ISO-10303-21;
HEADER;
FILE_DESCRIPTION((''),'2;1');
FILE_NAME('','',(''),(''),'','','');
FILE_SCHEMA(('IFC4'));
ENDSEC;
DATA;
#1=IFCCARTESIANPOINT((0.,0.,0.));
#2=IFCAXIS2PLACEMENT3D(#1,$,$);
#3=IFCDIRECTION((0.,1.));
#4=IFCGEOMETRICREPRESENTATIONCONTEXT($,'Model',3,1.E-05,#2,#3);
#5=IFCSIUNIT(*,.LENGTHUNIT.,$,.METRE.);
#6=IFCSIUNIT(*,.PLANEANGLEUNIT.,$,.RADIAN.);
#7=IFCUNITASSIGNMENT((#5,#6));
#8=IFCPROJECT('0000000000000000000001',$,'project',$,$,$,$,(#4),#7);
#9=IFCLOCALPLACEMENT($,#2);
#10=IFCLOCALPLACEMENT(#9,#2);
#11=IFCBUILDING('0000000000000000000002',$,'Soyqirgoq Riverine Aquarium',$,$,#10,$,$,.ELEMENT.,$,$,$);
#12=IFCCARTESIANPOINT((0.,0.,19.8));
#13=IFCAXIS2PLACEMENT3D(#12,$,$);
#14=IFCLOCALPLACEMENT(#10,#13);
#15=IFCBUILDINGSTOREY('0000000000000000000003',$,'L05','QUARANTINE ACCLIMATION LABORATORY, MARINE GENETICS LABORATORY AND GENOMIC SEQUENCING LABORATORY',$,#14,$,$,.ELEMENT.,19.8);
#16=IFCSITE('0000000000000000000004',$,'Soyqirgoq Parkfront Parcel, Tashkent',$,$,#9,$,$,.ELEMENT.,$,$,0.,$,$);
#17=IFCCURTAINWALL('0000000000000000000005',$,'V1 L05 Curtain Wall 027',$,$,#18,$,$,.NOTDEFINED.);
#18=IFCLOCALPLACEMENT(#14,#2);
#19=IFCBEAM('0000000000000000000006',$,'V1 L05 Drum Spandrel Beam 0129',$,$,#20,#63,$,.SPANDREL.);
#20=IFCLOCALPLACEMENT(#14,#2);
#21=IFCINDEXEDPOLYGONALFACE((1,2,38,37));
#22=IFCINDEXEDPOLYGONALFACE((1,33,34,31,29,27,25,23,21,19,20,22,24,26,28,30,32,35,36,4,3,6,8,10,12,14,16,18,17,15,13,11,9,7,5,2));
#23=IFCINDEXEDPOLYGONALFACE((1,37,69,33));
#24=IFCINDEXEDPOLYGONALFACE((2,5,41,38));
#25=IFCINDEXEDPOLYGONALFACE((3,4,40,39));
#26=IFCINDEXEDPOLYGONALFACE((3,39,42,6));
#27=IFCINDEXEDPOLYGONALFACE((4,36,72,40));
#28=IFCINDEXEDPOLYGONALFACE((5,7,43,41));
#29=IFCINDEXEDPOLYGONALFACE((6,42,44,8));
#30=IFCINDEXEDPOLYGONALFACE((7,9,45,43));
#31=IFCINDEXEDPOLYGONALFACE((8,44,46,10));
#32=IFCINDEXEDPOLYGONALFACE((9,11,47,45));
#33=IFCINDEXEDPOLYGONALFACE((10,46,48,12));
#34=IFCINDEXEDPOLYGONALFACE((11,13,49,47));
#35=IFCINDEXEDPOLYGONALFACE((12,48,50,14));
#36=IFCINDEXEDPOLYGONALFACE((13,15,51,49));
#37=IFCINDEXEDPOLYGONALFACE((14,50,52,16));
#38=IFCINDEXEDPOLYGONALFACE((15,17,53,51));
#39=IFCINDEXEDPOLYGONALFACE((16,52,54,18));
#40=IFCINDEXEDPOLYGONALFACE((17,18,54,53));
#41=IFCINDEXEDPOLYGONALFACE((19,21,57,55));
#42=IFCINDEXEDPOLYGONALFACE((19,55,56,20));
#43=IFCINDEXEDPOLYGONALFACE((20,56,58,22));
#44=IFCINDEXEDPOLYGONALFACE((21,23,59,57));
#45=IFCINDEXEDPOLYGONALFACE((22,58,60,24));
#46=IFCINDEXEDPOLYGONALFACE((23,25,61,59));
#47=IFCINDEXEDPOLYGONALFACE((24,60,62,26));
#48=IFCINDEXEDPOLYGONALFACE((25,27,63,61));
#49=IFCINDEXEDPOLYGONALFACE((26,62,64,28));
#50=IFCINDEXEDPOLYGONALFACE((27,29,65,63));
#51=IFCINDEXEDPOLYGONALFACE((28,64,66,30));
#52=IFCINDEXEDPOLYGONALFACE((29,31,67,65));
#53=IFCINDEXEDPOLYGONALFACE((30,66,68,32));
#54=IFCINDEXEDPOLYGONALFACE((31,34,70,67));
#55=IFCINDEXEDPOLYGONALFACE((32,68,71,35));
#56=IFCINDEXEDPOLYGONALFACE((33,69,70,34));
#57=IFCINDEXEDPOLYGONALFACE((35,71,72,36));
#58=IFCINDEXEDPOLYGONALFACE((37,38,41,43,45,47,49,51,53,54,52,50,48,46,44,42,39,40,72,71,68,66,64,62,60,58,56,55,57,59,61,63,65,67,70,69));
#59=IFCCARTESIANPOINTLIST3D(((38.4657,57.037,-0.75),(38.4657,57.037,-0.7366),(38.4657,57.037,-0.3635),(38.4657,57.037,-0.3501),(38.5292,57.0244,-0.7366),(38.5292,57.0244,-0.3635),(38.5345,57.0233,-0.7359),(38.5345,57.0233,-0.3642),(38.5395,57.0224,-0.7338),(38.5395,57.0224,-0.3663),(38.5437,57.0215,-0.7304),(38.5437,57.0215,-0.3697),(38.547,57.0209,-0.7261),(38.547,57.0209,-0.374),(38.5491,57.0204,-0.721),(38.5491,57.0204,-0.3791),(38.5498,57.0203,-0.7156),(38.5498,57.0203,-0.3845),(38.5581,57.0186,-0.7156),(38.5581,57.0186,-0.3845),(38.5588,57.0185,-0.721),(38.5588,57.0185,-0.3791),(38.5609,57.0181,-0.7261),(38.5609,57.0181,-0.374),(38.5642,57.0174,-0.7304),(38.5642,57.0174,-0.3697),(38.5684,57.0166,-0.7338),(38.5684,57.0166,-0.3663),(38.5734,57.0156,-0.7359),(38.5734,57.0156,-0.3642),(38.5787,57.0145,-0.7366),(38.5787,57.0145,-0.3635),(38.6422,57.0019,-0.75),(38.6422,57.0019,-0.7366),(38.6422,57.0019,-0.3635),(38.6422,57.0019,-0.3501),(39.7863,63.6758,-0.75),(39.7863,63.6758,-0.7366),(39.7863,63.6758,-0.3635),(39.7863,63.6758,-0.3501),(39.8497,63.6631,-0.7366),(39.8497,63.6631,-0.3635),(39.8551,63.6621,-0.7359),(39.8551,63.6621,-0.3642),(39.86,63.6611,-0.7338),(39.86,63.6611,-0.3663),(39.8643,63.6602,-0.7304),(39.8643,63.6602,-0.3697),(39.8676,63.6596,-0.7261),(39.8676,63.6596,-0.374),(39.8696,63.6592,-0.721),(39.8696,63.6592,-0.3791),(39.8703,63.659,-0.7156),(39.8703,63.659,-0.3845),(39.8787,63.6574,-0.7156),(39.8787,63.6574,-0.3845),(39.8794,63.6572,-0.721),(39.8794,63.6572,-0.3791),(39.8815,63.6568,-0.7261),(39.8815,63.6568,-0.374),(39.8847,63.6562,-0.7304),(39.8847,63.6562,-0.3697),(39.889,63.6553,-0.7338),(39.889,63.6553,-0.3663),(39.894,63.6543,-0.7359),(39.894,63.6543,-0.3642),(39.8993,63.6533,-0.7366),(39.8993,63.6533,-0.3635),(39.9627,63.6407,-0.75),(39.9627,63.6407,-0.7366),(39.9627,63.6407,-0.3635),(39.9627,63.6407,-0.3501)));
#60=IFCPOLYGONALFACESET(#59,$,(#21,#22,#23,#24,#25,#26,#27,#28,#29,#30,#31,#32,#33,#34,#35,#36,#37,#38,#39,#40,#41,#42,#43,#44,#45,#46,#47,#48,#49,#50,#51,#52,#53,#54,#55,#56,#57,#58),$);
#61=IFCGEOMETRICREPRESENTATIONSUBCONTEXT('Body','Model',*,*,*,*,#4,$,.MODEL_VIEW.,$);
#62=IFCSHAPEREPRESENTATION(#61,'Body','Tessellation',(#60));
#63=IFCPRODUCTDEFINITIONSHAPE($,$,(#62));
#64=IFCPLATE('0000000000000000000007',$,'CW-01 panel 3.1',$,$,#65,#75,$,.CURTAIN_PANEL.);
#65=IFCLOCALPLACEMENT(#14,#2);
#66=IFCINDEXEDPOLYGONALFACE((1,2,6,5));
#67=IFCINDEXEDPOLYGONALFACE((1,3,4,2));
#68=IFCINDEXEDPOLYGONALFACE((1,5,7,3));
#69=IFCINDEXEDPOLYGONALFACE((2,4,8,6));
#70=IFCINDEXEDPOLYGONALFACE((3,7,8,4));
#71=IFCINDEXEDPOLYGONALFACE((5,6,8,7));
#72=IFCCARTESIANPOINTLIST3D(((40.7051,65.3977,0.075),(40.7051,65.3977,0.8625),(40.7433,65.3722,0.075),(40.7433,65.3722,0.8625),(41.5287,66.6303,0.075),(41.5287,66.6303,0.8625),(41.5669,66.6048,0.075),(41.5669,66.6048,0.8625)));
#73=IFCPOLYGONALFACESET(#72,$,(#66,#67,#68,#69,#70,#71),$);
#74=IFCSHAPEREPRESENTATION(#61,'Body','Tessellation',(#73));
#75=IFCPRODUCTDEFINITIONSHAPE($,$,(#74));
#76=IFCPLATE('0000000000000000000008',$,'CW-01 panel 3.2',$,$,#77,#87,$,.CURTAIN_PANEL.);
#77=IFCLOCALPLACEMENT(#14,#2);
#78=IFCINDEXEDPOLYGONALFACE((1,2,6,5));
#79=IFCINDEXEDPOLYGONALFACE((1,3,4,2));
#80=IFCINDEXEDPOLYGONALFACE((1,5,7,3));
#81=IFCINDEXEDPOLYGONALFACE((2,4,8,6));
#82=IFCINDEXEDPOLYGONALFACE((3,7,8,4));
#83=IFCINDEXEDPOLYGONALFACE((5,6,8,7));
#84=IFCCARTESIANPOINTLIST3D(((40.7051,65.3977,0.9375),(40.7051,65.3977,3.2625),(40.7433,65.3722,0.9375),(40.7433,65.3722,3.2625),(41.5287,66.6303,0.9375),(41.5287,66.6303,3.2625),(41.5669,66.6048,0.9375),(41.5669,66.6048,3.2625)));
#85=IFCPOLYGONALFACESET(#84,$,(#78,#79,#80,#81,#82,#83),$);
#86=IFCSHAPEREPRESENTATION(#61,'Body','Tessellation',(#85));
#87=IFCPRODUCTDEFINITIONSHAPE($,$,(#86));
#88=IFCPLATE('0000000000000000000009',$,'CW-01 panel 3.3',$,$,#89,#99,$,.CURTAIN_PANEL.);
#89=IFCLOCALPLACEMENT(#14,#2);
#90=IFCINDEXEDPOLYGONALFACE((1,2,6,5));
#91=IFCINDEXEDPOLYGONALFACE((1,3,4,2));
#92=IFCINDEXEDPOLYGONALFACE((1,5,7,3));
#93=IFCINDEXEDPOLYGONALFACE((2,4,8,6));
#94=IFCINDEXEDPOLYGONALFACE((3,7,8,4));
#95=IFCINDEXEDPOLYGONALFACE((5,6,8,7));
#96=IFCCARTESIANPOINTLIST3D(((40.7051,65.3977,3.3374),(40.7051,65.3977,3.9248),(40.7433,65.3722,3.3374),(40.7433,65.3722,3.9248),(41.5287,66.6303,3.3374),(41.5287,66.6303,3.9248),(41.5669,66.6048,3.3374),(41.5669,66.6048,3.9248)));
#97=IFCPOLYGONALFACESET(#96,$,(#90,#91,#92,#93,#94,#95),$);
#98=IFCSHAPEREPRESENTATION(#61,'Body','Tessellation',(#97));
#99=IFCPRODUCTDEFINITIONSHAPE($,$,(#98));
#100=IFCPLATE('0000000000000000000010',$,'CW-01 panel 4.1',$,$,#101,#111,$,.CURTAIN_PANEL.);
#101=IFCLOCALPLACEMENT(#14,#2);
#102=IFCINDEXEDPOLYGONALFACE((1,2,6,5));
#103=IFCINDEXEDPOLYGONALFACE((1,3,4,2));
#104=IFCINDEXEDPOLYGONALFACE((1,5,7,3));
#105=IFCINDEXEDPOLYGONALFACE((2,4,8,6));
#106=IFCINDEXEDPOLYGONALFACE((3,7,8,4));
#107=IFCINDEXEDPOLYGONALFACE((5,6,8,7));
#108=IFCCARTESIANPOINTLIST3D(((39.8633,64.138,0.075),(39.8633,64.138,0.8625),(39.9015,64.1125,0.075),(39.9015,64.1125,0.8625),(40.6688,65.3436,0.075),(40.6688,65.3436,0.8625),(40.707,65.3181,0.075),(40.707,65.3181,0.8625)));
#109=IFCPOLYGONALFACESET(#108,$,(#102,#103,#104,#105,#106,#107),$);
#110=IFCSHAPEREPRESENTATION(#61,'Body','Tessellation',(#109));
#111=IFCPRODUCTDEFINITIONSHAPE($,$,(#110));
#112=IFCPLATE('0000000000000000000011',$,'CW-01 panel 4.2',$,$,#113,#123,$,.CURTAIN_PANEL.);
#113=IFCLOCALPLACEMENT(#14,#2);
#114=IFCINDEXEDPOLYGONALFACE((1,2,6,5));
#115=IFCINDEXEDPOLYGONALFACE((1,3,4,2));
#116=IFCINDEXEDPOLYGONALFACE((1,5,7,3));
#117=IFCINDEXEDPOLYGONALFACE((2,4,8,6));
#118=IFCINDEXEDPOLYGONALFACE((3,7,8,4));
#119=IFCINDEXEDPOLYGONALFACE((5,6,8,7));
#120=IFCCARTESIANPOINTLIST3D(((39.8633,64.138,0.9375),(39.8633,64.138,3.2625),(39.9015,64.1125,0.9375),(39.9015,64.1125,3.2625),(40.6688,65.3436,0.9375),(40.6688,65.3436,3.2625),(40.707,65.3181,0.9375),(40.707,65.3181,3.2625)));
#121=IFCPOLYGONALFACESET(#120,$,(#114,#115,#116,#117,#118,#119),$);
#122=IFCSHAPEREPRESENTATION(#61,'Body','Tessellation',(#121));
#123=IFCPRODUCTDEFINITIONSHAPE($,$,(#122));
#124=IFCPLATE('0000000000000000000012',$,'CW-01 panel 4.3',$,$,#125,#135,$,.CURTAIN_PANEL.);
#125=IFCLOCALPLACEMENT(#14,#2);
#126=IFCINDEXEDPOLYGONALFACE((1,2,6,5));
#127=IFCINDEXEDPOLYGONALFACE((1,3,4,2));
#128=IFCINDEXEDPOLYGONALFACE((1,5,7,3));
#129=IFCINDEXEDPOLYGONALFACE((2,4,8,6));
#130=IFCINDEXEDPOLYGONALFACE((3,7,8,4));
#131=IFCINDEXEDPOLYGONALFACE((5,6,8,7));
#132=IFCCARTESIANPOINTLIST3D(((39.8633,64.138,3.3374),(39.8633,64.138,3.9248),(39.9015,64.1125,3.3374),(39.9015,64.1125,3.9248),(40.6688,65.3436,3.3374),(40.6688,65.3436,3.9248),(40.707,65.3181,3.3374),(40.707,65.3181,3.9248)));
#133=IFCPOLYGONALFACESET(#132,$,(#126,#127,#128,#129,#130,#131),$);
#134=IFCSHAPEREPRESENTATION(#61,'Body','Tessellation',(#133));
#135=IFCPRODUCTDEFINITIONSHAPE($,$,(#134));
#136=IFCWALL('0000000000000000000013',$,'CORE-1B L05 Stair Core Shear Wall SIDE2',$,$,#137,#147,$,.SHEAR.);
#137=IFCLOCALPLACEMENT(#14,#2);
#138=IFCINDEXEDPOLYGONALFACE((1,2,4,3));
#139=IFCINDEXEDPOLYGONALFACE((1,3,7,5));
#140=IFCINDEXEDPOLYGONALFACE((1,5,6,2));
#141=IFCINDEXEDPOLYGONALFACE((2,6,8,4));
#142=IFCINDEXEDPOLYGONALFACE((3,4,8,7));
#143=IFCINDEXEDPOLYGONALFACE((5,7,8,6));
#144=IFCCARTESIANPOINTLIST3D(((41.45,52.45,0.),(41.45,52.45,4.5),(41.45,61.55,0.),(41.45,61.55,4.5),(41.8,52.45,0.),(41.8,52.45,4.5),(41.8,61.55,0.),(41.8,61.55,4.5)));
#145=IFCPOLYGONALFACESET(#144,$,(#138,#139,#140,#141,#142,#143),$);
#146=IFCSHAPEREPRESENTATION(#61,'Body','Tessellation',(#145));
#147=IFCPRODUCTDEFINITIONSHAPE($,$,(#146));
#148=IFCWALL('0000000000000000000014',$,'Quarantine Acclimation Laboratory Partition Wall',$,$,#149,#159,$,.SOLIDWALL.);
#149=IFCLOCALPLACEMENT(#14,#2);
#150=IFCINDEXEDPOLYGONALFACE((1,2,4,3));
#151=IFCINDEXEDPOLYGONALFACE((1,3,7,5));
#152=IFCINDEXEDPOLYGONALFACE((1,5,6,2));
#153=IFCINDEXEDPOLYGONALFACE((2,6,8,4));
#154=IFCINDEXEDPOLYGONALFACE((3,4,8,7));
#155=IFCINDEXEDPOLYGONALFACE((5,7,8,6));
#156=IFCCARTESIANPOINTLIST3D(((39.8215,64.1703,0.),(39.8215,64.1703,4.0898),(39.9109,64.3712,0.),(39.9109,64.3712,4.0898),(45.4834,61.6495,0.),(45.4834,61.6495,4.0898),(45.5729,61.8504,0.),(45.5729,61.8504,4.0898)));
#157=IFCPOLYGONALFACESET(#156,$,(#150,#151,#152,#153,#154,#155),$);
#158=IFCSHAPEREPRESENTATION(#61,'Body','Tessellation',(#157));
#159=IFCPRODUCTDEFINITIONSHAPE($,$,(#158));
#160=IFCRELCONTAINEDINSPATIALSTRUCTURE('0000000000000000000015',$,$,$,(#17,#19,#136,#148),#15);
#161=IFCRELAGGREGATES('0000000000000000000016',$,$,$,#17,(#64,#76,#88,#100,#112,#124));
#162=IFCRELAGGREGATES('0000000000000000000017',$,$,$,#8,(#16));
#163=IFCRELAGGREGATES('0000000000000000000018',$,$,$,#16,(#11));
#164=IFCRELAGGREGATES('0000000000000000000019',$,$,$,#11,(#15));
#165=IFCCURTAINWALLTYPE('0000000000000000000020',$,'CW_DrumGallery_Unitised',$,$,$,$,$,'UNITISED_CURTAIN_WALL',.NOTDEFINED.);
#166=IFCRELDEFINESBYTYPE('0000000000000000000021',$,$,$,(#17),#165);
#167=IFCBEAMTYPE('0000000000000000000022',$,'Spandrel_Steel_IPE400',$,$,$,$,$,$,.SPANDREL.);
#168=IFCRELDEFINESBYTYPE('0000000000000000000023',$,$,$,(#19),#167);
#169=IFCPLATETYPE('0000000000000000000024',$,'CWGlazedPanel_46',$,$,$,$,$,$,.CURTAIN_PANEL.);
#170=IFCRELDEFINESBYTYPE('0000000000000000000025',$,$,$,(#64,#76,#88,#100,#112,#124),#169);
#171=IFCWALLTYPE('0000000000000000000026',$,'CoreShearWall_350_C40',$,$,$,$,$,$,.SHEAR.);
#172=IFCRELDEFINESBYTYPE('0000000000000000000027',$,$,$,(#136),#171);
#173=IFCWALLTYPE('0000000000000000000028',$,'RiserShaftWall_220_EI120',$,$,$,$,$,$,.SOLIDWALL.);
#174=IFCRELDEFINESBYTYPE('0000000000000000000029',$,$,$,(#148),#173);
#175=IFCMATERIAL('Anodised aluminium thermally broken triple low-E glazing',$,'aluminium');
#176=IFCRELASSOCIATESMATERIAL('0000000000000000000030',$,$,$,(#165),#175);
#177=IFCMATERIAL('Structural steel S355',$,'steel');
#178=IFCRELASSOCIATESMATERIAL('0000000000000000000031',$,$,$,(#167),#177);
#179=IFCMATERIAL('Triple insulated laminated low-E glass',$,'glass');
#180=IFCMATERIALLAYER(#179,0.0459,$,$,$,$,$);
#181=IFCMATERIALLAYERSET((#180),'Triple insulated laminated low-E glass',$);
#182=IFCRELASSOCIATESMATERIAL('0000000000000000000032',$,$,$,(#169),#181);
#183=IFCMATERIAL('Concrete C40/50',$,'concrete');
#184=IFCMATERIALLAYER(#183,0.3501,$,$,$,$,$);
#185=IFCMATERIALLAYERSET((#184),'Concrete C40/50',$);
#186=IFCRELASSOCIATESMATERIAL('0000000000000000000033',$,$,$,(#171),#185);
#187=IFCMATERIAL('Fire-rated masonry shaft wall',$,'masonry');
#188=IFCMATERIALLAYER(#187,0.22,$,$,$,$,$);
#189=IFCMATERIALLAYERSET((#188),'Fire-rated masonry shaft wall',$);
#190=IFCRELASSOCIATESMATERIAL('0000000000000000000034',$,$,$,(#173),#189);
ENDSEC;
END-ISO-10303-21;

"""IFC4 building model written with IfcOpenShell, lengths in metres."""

from ifc_helpers import new_model, si_unit, direction, frame, frame_2d, origin, origin_2d, place, context, subcontext, project, spatial, rectangle, i_section, extrude, material, layer, layer_set, material_profile, profile_set, type_object, element, aggregate, save


model = new_model("IFC4")

# Units and contexts
model_context = context("Model", 3, precision=1e-05, world=origin(), true_north=direction((0.0, 1.0)))
body_context = subcontext(model_context, "Body", "Model", "MODEL_VIEW")
ifc_project = project(units=[si_unit("LENGTHUNIT", "METRE"), si_unit("PLANEANGLEUNIT", "RADIAN")], contexts=[model_context])

# Site, building, storey
site_placement = place(None, origin())
site = spatial("IfcSite", under=ifc_project, at=site_placement, Name="Soyqirgoq Parkfront Parcel, Tashkent", CompositionType="ELEMENT", RefElevation=0.0)
building_placement = place(site_placement, origin())
building = spatial("IfcBuilding", under=site, at=building_placement, Name="Soyqirgoq Riverine Aquarium", CompositionType="ELEMENT")
storey_placement = place(building_placement, frame((0.0, 0.0, 19.8)))
storey = spatial("IfcBuildingStorey", under=building, at=storey_placement, Name="L05", Description="QUARANTINE ACCLIMATION LABORATORY, MARINE GENETICS LABORATORY AND GENOMIC SEQUENCING LABORATORY", CompositionType="ELEMENT", Elevation=19.8)

# Curtain wall
ifc_material_1 = material(Name="Anodised aluminium thermally broken triple low-E glazing", Category="aluminium")
curtain_wall_type = type_object("IfcCurtainWallType", Name="CW_DrumGallery_Unitised", ElementType="UNITISED_CURTAIN_WALL", PredefinedType="NOTDEFINED", material=ifc_material_1)
curtain_wall_placement = place(storey_placement, origin())
curtain_wall = element("IfcCurtainWall", 1, at=curtain_wall_placement, inside=storey, type_object=curtain_wall_type, Name="V1 L05 Curtain Wall 027", PredefinedType="NOTDEFINED")

# Beam
ifc_material_2 = material(Name="Structural steel S355", Category="steel")
ifc_material_profile_1 = material_profile(ifc_material_2, i_section(OverallWidth=0.1799, OverallDepth=0.3999, WebThickness=0.0085, FlangeThickness=0.0134, FilletRadius=0.021, at=origin_2d()), Name="IPE 400")
ifc_profile_set_1 = profile_set([ifc_material_profile_1], Name="Structural steel S355")
beam_type_1 = type_object("IfcBeamType", Name="Spandrel_Steel_IPE400", PredefinedType="SPANDREL", material=ifc_profile_set_1)
beam_1_placement = place(storey_placement, frame((39.8745, 63.6582, -0.55), z_axis=(-0.195096, -0.980784, 0.0), x_axis=(0.980784, -0.195096, 0.0)))
element("IfcBeam", 2, at=beam_1_placement, inside=storey, type_object=beam_type_1, Name="V1 L05 Drum Spandrel Beam 0129", PredefinedType="SPANDREL", context=body_context, shape_type="SweptSolid", body=[
    extrude(i_section(OverallWidth=0.1799, OverallDepth=0.3999, WebThickness=0.0085, FlangeThickness=0.0134, FilletRadius=0.021, at=origin_2d()), origin(), (0.0, 0.0, 1.0), 6.7688),
])

# Plates
ifc_material_3 = material(Name="Triple insulated laminated low-E glass", Category="glass")
ifc_layer_1 = layer(ifc_material_3, 0.0459)
ifc_layer_set_1 = layer_set([ifc_layer_1], Name="Triple insulated laminated low-E glass")
plate_type = type_object("IfcPlateType", Name="CWGlazedPanel_46", PredefinedType="CURTAIN_PANEL", material=ifc_layer_set_1)
plate_1_placement = place(storey_placement, frame((41.136, 66.0012, 0.075), z_axis=(0.0, 0.0, 1.0), x_axis=(-0.555561, -0.831476, 0.0)))
plate_1 = element("IfcPlate", 3, at=plate_1_placement, type_object=plate_type, Name="CW-01 panel 3.1", PredefinedType="CURTAIN_PANEL", context=body_context, shape_type="SweptSolid", body=[
    extrude(rectangle(XDim=1.4824, YDim=0.0459, at=origin_2d()), origin(), (0.0, 0.0, 1.0), 0.7876),
])
plate_2_placement = place(storey_placement, frame((41.136, 66.0012, 0.9375), z_axis=(0.0, 0.0, 1.0), x_axis=(-0.555561, -0.831476, 0.0)))
plate_2 = element("IfcPlate", 4, at=plate_2_placement, type_object=plate_type, Name="CW-01 panel 3.2", PredefinedType="CURTAIN_PANEL", context=body_context, shape_type="SweptSolid", body=[
    extrude(rectangle(XDim=1.4824, YDim=0.0459, at=origin_2d()), origin(), (0.0, 0.0, 1.0), 2.325),
])
plate_3_placement = place(storey_placement, frame((41.136, 66.0012, 3.3374), z_axis=(0.0, 0.0, 1.0), x_axis=(-0.555561, -0.831476, 0.0)))
plate_3 = element("IfcPlate", 5, at=plate_3_placement, type_object=plate_type, Name="CW-01 panel 3.3", PredefinedType="CURTAIN_PANEL", context=body_context, shape_type="SweptSolid", body=[
    extrude(rectangle(XDim=1.4824, YDim=0.0459, at=origin_2d()), origin(), (0.0, 0.0, 1.0), 0.5874),
])
plate_4_placement = place(storey_placement, frame((40.2852, 64.728, 0.075), z_axis=(0.0, 0.0, 1.0), x_axis=(-0.555561, -0.831476, 0.0)))
plate_4 = element("IfcPlate", 6, at=plate_4_placement, type_object=plate_type, Name="CW-01 panel 4.1", PredefinedType="CURTAIN_PANEL", context=body_context, shape_type="SweptSolid", body=[
    extrude(rectangle(XDim=1.45, YDim=0.0459, at=origin_2d()), origin(), (0.0, 0.0, 1.0), 0.7876),
])
plate_5_placement = place(storey_placement, frame((40.2852, 64.728, 0.9375), z_axis=(0.0, 0.0, 1.0), x_axis=(-0.555561, -0.831476, 0.0)))
plate_5 = element("IfcPlate", 7, at=plate_5_placement, type_object=plate_type, Name="CW-01 panel 4.2", PredefinedType="CURTAIN_PANEL", context=body_context, shape_type="SweptSolid", body=[
    extrude(rectangle(XDim=1.45, YDim=0.0459, at=origin_2d()), origin(), (0.0, 0.0, 1.0), 2.325),
])
plate_6_placement = place(storey_placement, frame((40.2852, 64.728, 3.3374), z_axis=(0.0, 0.0, 1.0), x_axis=(-0.555561, -0.831476, 0.0)))
plate_6 = element("IfcPlate", 8, at=plate_6_placement, type_object=plate_type, Name="CW-01 panel 4.3", PredefinedType="CURTAIN_PANEL", context=body_context, shape_type="SweptSolid", body=[
    extrude(rectangle(XDim=1.45, YDim=0.0459, at=origin_2d()), origin(), (0.0, 0.0, 1.0), 0.5874),
])
aggregate(curtain_wall, [plate_1, plate_2, plate_3, plate_4, plate_5, plate_6])

# Walls
ifc_material_4 = material(Name="Concrete C40/50", Category="concrete")
ifc_layer_2 = layer(ifc_material_4, 0.3501)
ifc_layer_set_2 = layer_set([ifc_layer_2], Name="Concrete C40/50")
wall_type_1 = type_object("IfcWallType", Name="CoreShearWall_350_C40", PredefinedType="SHEAR", material=ifc_layer_set_2)
wall_1_placement = place(storey_placement, frame((41.625, 61.55, 0.0), z_axis=(0.0, 0.0, 1.0), x_axis=(0.0, -1.0, 0.0)))
element("IfcWall", 9, at=wall_1_placement, inside=storey, type_object=wall_type_1, Name="CORE-1B L05 Stair Core Shear Wall SIDE2", PredefinedType="SHEAR", context=body_context, shape_type="SweptSolid", body=[
    extrude(rectangle(XDim=9.1001, YDim=0.3501, at=frame_2d((4.55, 0.0))), origin(), (0.0, 0.0, 1.0), 4.5),
])
ifc_material_5 = material(Name="Fire-rated masonry shaft wall", Category="masonry")
ifc_layer_3 = layer(ifc_material_5, 0.22)
ifc_layer_set_3 = layer_set([ifc_layer_3], Name="Fire-rated masonry shaft wall")
wall_type_2 = type_object("IfcWallType", Name="RiserShaftWall_220_EI120", PredefinedType="SOLIDWALL", material=ifc_layer_set_3)
wall_2_placement = place(storey_placement, frame((39.8662, 64.2708, 0.0), z_axis=(0.0, 0.0, 1.0), x_axis=(0.91355, -0.406727, 0.0)))
element("IfcWall", 10, at=wall_2_placement, inside=storey, type_object=wall_type_2, Name="Quarantine Acclimation Laboratory Partition Wall", PredefinedType="SOLIDWALL", context=body_context, shape_type="SweptSolid", body=[
    extrude(rectangle(XDim=6.1978, YDim=0.22, at=frame_2d((3.0989, 0.0))), origin(), (0.0, 0.0, 1.0), 4.0898),
])

save(model, "model.ifc")
